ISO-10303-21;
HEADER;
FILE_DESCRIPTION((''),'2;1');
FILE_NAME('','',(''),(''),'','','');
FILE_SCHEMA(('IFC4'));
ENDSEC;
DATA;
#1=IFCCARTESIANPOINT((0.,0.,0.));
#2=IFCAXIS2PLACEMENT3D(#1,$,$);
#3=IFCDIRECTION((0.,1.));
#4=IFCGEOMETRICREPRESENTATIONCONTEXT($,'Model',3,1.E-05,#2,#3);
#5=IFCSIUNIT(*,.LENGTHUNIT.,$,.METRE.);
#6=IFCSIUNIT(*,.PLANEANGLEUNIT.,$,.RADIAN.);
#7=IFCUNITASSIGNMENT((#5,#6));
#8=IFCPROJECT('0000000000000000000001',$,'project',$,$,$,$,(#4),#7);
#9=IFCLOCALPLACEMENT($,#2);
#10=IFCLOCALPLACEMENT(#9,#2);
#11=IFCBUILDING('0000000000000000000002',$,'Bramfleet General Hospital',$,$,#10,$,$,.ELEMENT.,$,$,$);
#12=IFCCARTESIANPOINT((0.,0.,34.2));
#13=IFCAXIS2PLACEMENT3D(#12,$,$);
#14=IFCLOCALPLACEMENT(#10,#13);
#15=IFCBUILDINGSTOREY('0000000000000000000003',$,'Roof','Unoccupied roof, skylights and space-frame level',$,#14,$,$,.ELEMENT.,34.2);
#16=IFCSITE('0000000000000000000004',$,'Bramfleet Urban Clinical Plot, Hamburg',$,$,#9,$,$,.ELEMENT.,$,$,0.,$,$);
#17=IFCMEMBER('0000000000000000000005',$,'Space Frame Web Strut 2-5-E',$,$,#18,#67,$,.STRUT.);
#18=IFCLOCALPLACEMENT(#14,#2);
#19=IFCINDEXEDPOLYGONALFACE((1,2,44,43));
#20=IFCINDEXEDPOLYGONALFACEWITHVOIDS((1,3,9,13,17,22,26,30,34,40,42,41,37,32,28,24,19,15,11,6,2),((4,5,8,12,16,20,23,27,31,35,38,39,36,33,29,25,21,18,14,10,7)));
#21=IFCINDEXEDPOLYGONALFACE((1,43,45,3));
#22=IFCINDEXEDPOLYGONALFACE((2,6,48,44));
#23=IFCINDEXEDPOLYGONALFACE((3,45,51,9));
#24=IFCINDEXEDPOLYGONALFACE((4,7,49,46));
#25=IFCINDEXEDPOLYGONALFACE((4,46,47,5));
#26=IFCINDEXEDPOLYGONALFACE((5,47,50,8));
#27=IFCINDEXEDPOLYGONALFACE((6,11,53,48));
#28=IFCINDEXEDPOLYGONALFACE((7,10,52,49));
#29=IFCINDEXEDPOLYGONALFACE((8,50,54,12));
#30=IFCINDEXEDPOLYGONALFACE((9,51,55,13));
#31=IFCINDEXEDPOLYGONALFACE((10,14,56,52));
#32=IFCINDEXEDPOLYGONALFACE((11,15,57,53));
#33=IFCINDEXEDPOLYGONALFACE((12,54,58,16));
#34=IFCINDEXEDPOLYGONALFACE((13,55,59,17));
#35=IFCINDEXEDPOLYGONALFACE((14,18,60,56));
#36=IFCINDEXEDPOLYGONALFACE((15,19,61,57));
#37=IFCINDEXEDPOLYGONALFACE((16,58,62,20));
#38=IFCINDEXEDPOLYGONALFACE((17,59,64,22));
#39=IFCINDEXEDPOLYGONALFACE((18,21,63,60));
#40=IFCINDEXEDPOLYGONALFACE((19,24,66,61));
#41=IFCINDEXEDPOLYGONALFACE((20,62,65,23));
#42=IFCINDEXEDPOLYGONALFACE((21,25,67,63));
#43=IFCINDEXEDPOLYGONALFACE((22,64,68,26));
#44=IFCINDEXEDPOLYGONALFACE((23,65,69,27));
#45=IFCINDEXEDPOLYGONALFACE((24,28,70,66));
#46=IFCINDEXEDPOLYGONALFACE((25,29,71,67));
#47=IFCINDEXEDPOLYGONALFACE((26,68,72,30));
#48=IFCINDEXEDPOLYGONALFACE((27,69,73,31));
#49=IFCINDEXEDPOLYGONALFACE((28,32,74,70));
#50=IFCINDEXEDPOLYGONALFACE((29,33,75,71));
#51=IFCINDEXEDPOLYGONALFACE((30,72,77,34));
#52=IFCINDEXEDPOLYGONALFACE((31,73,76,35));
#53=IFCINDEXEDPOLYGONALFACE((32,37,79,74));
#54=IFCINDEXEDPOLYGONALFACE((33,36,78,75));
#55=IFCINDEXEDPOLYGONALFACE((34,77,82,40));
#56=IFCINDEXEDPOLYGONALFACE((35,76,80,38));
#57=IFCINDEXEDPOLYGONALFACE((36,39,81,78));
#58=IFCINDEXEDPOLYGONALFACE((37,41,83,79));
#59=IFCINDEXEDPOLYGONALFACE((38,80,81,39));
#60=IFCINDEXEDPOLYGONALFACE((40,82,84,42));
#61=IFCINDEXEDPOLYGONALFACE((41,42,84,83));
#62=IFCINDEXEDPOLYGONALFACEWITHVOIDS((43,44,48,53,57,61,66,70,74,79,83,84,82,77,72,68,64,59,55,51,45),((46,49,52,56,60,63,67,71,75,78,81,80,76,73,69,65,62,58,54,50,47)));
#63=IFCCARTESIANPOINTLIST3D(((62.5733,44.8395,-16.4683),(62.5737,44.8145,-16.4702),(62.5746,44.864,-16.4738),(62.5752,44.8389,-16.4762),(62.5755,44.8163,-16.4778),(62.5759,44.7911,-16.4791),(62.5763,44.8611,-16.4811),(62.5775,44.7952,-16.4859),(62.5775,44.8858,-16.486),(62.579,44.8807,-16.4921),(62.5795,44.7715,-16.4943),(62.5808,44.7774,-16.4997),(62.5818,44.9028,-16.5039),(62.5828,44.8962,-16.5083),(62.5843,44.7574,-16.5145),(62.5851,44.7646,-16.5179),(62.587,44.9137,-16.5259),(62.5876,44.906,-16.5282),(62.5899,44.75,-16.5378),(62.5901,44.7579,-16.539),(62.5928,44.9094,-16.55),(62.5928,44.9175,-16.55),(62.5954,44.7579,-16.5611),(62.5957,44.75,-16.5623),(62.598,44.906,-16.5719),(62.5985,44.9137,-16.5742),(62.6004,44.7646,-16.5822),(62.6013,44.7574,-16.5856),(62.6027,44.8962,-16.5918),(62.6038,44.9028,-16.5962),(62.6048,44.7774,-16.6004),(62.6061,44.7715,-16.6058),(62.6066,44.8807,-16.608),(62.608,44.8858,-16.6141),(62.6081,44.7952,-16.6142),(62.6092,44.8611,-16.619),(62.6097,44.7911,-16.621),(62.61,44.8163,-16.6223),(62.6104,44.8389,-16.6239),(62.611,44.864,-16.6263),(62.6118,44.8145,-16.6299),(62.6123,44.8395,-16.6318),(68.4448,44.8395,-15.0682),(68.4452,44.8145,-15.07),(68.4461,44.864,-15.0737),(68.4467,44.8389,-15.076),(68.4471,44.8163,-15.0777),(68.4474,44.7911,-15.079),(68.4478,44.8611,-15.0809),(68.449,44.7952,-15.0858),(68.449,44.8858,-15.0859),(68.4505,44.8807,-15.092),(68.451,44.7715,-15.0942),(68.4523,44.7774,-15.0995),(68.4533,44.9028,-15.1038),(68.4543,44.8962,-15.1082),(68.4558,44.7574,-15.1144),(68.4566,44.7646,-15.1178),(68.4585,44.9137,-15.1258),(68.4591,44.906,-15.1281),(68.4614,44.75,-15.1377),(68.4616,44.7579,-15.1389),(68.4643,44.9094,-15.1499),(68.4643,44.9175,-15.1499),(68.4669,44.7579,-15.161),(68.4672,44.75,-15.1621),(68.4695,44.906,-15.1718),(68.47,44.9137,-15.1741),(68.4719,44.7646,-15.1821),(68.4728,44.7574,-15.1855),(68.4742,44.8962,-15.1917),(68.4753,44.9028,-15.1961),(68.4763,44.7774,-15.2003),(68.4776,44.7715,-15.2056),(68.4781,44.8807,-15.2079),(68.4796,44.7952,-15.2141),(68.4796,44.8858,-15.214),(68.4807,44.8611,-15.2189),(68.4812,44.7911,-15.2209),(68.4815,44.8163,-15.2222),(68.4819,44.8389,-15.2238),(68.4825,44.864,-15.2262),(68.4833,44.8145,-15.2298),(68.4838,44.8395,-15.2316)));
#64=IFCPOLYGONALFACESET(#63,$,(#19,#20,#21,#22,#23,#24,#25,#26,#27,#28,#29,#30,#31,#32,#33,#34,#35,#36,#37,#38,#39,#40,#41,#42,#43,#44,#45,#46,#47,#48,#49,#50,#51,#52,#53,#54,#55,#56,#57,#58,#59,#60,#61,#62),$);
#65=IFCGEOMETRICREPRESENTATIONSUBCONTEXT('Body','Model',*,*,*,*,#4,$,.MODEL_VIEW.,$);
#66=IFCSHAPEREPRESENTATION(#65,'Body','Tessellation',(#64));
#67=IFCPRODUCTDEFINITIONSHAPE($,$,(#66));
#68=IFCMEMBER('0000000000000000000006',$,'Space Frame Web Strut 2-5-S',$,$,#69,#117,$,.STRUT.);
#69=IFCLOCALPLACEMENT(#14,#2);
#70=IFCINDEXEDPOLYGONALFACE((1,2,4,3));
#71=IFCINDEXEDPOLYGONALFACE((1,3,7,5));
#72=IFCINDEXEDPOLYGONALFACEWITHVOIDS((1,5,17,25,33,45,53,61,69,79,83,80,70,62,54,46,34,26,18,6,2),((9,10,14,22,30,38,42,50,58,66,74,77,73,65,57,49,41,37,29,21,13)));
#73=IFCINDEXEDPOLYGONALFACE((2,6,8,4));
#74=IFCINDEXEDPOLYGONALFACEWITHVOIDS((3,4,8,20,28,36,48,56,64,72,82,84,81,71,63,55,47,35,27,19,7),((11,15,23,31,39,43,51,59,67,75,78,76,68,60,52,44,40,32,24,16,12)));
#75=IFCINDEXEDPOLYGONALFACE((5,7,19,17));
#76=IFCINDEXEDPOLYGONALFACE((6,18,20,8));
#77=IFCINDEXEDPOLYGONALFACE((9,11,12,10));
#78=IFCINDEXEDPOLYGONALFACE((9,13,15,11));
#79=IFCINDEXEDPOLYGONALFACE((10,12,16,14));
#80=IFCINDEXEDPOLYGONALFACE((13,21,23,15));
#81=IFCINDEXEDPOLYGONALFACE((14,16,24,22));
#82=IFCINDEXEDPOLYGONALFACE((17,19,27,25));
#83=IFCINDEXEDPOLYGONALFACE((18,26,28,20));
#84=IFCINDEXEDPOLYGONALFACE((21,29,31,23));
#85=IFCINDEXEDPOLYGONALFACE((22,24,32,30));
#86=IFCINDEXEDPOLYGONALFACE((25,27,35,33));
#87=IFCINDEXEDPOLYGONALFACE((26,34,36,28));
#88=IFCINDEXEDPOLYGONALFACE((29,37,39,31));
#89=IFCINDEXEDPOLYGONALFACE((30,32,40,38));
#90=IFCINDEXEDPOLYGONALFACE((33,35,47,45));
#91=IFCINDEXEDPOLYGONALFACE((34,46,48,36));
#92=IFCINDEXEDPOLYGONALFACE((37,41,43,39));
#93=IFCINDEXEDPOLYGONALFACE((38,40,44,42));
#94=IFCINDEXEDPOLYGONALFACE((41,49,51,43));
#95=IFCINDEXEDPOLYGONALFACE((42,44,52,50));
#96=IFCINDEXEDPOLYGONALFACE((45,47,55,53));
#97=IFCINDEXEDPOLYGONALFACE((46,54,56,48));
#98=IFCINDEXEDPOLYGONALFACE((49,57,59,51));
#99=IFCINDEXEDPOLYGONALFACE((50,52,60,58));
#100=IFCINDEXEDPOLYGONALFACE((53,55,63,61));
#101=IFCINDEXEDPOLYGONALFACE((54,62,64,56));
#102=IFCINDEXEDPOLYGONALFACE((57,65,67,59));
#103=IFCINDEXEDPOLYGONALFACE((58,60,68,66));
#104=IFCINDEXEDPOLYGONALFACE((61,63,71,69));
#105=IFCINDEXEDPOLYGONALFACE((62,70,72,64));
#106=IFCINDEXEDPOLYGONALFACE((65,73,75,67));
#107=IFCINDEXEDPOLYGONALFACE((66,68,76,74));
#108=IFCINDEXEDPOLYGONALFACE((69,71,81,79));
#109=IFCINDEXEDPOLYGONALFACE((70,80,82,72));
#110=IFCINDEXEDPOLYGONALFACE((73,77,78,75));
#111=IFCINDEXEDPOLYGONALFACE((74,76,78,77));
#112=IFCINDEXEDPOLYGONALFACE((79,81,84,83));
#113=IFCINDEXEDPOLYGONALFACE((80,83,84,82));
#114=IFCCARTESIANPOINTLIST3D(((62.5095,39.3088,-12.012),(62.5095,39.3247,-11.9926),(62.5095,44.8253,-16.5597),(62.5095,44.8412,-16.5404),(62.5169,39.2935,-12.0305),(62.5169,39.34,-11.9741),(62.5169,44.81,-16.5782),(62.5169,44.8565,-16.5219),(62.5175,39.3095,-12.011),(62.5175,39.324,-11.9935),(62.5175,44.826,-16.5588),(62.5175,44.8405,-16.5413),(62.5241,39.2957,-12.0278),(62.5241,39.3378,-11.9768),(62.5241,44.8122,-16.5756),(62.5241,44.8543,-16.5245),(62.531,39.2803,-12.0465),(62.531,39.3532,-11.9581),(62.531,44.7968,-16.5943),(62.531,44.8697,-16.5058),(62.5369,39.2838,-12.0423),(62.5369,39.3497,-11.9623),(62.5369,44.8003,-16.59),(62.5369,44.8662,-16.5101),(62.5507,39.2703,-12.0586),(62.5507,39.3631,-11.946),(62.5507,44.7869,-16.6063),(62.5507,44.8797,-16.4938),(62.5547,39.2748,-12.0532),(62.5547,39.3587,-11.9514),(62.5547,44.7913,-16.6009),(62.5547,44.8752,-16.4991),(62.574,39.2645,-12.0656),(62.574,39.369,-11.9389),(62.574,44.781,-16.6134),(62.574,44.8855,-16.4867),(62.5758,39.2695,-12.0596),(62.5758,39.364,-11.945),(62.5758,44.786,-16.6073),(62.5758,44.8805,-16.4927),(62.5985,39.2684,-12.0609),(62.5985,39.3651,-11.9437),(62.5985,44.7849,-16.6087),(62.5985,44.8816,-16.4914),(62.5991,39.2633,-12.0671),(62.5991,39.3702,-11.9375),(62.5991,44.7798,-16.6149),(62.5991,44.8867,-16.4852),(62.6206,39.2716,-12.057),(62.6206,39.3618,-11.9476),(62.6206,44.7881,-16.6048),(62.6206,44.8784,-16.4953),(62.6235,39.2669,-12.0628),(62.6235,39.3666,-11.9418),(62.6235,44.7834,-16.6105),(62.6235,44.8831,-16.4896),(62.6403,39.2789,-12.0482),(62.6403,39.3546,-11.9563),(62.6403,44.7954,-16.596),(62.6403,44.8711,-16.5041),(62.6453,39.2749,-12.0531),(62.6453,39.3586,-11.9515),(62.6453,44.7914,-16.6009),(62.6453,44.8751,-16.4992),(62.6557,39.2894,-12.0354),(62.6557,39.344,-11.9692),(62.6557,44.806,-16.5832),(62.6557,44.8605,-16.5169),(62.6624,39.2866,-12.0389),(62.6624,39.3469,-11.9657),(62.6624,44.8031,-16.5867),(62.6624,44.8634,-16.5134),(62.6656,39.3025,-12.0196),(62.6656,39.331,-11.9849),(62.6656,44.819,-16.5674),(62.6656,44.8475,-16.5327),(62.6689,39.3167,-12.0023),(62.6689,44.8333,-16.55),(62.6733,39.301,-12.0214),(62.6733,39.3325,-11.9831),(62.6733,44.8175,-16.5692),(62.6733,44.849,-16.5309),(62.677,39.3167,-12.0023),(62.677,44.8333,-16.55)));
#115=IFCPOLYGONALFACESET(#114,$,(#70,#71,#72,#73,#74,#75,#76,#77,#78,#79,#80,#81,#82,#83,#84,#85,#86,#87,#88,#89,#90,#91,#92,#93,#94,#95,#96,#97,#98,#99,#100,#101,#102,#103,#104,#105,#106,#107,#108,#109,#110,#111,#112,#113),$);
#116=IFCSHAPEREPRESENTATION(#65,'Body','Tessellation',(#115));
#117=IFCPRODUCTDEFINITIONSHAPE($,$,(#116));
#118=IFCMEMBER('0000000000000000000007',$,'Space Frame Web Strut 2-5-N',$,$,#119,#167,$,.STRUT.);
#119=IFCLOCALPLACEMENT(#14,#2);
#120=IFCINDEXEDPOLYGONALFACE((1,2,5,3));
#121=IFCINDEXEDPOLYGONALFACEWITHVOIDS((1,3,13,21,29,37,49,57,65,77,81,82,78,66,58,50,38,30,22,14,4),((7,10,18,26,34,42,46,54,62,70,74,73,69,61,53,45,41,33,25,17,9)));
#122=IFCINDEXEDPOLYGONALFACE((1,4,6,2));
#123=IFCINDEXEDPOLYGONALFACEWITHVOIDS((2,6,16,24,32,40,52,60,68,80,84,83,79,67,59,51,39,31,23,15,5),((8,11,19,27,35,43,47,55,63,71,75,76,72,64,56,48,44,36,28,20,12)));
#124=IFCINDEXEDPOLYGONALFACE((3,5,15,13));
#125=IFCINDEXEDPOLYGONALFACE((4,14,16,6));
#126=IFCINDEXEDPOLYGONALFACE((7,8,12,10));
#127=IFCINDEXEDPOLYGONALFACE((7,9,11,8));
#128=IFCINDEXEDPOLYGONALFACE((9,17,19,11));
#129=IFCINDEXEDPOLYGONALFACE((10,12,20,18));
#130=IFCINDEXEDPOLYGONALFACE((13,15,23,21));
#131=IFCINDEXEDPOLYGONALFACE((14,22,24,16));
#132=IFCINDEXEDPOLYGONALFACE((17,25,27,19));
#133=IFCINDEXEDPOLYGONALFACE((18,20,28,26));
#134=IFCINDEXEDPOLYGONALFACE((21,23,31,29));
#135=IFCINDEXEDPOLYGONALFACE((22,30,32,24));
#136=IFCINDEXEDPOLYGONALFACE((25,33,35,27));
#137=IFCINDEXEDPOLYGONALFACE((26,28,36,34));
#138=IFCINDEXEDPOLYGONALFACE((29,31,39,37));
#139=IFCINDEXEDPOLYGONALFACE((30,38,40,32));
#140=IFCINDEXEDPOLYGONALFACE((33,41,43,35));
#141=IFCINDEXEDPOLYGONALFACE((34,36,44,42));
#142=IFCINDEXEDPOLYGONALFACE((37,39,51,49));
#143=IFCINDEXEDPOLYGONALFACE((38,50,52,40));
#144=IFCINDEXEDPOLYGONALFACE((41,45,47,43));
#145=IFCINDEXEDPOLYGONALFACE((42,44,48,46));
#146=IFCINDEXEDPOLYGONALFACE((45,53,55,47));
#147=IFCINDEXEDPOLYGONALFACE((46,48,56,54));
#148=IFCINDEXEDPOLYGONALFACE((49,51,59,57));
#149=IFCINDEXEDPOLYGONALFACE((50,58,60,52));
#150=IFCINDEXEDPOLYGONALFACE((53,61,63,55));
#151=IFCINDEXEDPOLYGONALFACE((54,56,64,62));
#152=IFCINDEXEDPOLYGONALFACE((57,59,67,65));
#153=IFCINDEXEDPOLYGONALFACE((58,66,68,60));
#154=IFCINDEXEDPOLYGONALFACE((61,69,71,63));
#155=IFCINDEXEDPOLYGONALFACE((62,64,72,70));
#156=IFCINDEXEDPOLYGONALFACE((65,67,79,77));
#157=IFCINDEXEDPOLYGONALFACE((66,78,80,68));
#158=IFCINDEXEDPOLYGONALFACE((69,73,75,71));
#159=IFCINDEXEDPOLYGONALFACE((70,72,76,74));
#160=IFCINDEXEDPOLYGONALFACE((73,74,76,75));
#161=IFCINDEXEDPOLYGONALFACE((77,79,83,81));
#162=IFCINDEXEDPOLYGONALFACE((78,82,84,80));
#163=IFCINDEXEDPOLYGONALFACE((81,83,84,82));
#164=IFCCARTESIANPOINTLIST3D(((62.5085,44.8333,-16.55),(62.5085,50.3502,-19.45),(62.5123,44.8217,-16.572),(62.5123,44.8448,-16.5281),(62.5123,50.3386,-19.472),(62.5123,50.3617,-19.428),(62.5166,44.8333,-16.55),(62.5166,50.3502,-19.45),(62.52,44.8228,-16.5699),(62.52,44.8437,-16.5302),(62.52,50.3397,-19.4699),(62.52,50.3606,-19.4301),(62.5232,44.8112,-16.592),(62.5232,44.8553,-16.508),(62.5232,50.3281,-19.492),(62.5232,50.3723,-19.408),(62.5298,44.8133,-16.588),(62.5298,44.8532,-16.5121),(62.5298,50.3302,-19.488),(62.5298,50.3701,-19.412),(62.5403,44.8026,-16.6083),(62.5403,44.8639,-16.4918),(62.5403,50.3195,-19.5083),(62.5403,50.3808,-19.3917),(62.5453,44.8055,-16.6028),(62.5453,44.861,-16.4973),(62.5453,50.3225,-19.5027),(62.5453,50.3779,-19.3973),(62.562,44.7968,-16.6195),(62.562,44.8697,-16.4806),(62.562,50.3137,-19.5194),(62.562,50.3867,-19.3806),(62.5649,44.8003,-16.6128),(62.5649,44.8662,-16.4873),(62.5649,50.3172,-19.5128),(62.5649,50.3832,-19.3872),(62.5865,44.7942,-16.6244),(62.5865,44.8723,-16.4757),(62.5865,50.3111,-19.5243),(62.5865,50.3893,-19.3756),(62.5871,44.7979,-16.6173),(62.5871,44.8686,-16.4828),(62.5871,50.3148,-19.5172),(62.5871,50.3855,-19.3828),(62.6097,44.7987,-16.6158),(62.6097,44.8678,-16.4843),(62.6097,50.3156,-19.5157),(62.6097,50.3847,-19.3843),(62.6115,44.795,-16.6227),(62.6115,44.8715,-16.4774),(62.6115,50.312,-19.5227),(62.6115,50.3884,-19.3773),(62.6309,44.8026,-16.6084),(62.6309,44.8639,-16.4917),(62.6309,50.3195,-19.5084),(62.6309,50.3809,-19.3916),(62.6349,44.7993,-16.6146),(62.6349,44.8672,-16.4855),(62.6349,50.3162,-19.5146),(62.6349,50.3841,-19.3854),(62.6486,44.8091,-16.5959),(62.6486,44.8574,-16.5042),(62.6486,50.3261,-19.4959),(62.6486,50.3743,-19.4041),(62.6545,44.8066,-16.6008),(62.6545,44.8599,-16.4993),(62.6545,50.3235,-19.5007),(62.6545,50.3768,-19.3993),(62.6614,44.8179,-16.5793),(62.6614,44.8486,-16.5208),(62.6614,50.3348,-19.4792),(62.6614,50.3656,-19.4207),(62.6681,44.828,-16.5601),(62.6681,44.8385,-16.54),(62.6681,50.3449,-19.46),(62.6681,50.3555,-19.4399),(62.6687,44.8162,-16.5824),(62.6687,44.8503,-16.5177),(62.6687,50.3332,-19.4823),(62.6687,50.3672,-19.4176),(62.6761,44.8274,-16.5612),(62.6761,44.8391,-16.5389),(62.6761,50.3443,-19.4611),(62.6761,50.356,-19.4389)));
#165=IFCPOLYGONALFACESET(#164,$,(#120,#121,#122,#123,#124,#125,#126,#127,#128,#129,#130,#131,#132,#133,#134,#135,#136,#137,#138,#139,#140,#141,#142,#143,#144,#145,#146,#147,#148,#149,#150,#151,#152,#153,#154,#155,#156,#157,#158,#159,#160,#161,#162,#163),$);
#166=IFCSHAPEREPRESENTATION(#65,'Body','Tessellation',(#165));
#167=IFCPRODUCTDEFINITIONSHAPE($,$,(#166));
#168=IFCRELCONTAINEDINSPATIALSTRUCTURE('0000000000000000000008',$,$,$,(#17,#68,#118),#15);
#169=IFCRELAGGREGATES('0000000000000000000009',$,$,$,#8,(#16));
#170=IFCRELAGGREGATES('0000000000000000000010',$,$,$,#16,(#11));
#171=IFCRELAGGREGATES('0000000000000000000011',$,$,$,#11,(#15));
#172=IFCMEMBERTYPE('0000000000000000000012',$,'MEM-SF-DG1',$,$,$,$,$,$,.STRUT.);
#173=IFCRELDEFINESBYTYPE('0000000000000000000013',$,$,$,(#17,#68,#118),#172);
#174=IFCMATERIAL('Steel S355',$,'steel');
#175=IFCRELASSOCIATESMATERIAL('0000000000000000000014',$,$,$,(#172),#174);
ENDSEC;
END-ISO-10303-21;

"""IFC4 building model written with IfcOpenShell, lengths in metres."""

from ifc_helpers import new_model, si_unit, direction, frame, origin, origin_2d, place, context, subcontext, project, spatial, hollow_circle, extrude, material, material_profile, profile_set, type_object, element, save


model = new_model("IFC4")

# Units and contexts
model_context = context("Model", 3, precision=1e-05, world=origin(), true_north=direction((0.0, 1.0)))
body_context = subcontext(model_context, "Body", "Model", "MODEL_VIEW")
ifc_project = project(units=[si_unit("LENGTHUNIT", "METRE"), si_unit("PLANEANGLEUNIT", "RADIAN")], contexts=[model_context])

# Site, building, storey
site_placement = place(None, origin())
site = spatial("IfcSite", under=ifc_project, at=site_placement, Name="Bramfleet Urban Clinical Plot, Hamburg", CompositionType="ELEMENT", RefElevation=0.0)
building_placement = place(site_placement, origin())
building = spatial("IfcBuilding", under=site, at=building_placement, Name="Bramfleet General Hospital", CompositionType="ELEMENT")
storey_placement = place(building_placement, frame((0.0, 0.0, 34.2)))
storey = spatial("IfcBuildingStorey", under=building, at=storey_placement, Name="Roof", Description="Unoccupied roof, skylights and space-frame level", CompositionType="ELEMENT", Elevation=34.2)

# Members
ifc_material = material(Name="Steel S355", Category="steel")
ifc_material_profile_1 = material_profile(ifc_material, hollow_circle(Radius=0.0842, WallThickness=0.0081, at=origin_2d()), Name="CHS 168.3x8.0")
ifc_profile_set_1 = profile_set([ifc_material_profile_1], Name="Steel S355")
member_type_1 = type_object("IfcMemberType", Name="MEM-SF-DG1", PredefinedType="STRUT", material=ifc_profile_set_1)
member_1_placement = place(storey_placement, frame((62.5928, 44.8333, -16.55), z_axis=(0.972726, 0.0, 0.231958), x_axis=(0.0, 1.0, 0.0)))
element("IfcMember", 1, at=member_1_placement, inside=storey, type_object=member_type_1, Name="Space Frame Web Strut 2-5-E", PredefinedType="STRUT", context=body_context, shape_type="SweptSolid", body=[
    extrude(hollow_circle(Radius=0.0842, WallThickness=0.0081, at=origin_2d()), origin(), (0.0, 0.0, 1.0), 6.0361),
])
member_2_placement = place(storey_placement, frame((62.5928, 44.8333, -16.55), z_axis=(0.0, -0.771603, 0.636105), x_axis=(1.0, 0.0, 0.0)))
element("IfcMember", 2, at=member_2_placement, inside=storey, type_object=member_type_1, Name="Space Frame Web Strut 2-5-S", PredefinedType="STRUT", context=body_context, shape_type="SweptSolid", body=[
    extrude(hollow_circle(Radius=0.0842, WallThickness=0.0081, at=origin_2d()), origin(), (0.0, 0.0, 1.0), 7.1494),
])
member_3_placement = place(storey_placement, frame((62.5928, 44.8333, -16.55), z_axis=(0.0, 0.885163, -0.465281), x_axis=(-1.0, 0.0, 0.0)))
element("IfcMember", 3, at=member_3_placement, inside=storey, type_object=member_type_1, Name="Space Frame Web Strut 2-5-N", PredefinedType="STRUT", context=body_context, shape_type="SweptSolid", body=[
    extrude(hollow_circle(Radius=0.0842, WallThickness=0.0081, at=origin_2d()), origin(), (0.0, 0.0, 1.0), 6.2327),
])

save(model, "model.ifc")
